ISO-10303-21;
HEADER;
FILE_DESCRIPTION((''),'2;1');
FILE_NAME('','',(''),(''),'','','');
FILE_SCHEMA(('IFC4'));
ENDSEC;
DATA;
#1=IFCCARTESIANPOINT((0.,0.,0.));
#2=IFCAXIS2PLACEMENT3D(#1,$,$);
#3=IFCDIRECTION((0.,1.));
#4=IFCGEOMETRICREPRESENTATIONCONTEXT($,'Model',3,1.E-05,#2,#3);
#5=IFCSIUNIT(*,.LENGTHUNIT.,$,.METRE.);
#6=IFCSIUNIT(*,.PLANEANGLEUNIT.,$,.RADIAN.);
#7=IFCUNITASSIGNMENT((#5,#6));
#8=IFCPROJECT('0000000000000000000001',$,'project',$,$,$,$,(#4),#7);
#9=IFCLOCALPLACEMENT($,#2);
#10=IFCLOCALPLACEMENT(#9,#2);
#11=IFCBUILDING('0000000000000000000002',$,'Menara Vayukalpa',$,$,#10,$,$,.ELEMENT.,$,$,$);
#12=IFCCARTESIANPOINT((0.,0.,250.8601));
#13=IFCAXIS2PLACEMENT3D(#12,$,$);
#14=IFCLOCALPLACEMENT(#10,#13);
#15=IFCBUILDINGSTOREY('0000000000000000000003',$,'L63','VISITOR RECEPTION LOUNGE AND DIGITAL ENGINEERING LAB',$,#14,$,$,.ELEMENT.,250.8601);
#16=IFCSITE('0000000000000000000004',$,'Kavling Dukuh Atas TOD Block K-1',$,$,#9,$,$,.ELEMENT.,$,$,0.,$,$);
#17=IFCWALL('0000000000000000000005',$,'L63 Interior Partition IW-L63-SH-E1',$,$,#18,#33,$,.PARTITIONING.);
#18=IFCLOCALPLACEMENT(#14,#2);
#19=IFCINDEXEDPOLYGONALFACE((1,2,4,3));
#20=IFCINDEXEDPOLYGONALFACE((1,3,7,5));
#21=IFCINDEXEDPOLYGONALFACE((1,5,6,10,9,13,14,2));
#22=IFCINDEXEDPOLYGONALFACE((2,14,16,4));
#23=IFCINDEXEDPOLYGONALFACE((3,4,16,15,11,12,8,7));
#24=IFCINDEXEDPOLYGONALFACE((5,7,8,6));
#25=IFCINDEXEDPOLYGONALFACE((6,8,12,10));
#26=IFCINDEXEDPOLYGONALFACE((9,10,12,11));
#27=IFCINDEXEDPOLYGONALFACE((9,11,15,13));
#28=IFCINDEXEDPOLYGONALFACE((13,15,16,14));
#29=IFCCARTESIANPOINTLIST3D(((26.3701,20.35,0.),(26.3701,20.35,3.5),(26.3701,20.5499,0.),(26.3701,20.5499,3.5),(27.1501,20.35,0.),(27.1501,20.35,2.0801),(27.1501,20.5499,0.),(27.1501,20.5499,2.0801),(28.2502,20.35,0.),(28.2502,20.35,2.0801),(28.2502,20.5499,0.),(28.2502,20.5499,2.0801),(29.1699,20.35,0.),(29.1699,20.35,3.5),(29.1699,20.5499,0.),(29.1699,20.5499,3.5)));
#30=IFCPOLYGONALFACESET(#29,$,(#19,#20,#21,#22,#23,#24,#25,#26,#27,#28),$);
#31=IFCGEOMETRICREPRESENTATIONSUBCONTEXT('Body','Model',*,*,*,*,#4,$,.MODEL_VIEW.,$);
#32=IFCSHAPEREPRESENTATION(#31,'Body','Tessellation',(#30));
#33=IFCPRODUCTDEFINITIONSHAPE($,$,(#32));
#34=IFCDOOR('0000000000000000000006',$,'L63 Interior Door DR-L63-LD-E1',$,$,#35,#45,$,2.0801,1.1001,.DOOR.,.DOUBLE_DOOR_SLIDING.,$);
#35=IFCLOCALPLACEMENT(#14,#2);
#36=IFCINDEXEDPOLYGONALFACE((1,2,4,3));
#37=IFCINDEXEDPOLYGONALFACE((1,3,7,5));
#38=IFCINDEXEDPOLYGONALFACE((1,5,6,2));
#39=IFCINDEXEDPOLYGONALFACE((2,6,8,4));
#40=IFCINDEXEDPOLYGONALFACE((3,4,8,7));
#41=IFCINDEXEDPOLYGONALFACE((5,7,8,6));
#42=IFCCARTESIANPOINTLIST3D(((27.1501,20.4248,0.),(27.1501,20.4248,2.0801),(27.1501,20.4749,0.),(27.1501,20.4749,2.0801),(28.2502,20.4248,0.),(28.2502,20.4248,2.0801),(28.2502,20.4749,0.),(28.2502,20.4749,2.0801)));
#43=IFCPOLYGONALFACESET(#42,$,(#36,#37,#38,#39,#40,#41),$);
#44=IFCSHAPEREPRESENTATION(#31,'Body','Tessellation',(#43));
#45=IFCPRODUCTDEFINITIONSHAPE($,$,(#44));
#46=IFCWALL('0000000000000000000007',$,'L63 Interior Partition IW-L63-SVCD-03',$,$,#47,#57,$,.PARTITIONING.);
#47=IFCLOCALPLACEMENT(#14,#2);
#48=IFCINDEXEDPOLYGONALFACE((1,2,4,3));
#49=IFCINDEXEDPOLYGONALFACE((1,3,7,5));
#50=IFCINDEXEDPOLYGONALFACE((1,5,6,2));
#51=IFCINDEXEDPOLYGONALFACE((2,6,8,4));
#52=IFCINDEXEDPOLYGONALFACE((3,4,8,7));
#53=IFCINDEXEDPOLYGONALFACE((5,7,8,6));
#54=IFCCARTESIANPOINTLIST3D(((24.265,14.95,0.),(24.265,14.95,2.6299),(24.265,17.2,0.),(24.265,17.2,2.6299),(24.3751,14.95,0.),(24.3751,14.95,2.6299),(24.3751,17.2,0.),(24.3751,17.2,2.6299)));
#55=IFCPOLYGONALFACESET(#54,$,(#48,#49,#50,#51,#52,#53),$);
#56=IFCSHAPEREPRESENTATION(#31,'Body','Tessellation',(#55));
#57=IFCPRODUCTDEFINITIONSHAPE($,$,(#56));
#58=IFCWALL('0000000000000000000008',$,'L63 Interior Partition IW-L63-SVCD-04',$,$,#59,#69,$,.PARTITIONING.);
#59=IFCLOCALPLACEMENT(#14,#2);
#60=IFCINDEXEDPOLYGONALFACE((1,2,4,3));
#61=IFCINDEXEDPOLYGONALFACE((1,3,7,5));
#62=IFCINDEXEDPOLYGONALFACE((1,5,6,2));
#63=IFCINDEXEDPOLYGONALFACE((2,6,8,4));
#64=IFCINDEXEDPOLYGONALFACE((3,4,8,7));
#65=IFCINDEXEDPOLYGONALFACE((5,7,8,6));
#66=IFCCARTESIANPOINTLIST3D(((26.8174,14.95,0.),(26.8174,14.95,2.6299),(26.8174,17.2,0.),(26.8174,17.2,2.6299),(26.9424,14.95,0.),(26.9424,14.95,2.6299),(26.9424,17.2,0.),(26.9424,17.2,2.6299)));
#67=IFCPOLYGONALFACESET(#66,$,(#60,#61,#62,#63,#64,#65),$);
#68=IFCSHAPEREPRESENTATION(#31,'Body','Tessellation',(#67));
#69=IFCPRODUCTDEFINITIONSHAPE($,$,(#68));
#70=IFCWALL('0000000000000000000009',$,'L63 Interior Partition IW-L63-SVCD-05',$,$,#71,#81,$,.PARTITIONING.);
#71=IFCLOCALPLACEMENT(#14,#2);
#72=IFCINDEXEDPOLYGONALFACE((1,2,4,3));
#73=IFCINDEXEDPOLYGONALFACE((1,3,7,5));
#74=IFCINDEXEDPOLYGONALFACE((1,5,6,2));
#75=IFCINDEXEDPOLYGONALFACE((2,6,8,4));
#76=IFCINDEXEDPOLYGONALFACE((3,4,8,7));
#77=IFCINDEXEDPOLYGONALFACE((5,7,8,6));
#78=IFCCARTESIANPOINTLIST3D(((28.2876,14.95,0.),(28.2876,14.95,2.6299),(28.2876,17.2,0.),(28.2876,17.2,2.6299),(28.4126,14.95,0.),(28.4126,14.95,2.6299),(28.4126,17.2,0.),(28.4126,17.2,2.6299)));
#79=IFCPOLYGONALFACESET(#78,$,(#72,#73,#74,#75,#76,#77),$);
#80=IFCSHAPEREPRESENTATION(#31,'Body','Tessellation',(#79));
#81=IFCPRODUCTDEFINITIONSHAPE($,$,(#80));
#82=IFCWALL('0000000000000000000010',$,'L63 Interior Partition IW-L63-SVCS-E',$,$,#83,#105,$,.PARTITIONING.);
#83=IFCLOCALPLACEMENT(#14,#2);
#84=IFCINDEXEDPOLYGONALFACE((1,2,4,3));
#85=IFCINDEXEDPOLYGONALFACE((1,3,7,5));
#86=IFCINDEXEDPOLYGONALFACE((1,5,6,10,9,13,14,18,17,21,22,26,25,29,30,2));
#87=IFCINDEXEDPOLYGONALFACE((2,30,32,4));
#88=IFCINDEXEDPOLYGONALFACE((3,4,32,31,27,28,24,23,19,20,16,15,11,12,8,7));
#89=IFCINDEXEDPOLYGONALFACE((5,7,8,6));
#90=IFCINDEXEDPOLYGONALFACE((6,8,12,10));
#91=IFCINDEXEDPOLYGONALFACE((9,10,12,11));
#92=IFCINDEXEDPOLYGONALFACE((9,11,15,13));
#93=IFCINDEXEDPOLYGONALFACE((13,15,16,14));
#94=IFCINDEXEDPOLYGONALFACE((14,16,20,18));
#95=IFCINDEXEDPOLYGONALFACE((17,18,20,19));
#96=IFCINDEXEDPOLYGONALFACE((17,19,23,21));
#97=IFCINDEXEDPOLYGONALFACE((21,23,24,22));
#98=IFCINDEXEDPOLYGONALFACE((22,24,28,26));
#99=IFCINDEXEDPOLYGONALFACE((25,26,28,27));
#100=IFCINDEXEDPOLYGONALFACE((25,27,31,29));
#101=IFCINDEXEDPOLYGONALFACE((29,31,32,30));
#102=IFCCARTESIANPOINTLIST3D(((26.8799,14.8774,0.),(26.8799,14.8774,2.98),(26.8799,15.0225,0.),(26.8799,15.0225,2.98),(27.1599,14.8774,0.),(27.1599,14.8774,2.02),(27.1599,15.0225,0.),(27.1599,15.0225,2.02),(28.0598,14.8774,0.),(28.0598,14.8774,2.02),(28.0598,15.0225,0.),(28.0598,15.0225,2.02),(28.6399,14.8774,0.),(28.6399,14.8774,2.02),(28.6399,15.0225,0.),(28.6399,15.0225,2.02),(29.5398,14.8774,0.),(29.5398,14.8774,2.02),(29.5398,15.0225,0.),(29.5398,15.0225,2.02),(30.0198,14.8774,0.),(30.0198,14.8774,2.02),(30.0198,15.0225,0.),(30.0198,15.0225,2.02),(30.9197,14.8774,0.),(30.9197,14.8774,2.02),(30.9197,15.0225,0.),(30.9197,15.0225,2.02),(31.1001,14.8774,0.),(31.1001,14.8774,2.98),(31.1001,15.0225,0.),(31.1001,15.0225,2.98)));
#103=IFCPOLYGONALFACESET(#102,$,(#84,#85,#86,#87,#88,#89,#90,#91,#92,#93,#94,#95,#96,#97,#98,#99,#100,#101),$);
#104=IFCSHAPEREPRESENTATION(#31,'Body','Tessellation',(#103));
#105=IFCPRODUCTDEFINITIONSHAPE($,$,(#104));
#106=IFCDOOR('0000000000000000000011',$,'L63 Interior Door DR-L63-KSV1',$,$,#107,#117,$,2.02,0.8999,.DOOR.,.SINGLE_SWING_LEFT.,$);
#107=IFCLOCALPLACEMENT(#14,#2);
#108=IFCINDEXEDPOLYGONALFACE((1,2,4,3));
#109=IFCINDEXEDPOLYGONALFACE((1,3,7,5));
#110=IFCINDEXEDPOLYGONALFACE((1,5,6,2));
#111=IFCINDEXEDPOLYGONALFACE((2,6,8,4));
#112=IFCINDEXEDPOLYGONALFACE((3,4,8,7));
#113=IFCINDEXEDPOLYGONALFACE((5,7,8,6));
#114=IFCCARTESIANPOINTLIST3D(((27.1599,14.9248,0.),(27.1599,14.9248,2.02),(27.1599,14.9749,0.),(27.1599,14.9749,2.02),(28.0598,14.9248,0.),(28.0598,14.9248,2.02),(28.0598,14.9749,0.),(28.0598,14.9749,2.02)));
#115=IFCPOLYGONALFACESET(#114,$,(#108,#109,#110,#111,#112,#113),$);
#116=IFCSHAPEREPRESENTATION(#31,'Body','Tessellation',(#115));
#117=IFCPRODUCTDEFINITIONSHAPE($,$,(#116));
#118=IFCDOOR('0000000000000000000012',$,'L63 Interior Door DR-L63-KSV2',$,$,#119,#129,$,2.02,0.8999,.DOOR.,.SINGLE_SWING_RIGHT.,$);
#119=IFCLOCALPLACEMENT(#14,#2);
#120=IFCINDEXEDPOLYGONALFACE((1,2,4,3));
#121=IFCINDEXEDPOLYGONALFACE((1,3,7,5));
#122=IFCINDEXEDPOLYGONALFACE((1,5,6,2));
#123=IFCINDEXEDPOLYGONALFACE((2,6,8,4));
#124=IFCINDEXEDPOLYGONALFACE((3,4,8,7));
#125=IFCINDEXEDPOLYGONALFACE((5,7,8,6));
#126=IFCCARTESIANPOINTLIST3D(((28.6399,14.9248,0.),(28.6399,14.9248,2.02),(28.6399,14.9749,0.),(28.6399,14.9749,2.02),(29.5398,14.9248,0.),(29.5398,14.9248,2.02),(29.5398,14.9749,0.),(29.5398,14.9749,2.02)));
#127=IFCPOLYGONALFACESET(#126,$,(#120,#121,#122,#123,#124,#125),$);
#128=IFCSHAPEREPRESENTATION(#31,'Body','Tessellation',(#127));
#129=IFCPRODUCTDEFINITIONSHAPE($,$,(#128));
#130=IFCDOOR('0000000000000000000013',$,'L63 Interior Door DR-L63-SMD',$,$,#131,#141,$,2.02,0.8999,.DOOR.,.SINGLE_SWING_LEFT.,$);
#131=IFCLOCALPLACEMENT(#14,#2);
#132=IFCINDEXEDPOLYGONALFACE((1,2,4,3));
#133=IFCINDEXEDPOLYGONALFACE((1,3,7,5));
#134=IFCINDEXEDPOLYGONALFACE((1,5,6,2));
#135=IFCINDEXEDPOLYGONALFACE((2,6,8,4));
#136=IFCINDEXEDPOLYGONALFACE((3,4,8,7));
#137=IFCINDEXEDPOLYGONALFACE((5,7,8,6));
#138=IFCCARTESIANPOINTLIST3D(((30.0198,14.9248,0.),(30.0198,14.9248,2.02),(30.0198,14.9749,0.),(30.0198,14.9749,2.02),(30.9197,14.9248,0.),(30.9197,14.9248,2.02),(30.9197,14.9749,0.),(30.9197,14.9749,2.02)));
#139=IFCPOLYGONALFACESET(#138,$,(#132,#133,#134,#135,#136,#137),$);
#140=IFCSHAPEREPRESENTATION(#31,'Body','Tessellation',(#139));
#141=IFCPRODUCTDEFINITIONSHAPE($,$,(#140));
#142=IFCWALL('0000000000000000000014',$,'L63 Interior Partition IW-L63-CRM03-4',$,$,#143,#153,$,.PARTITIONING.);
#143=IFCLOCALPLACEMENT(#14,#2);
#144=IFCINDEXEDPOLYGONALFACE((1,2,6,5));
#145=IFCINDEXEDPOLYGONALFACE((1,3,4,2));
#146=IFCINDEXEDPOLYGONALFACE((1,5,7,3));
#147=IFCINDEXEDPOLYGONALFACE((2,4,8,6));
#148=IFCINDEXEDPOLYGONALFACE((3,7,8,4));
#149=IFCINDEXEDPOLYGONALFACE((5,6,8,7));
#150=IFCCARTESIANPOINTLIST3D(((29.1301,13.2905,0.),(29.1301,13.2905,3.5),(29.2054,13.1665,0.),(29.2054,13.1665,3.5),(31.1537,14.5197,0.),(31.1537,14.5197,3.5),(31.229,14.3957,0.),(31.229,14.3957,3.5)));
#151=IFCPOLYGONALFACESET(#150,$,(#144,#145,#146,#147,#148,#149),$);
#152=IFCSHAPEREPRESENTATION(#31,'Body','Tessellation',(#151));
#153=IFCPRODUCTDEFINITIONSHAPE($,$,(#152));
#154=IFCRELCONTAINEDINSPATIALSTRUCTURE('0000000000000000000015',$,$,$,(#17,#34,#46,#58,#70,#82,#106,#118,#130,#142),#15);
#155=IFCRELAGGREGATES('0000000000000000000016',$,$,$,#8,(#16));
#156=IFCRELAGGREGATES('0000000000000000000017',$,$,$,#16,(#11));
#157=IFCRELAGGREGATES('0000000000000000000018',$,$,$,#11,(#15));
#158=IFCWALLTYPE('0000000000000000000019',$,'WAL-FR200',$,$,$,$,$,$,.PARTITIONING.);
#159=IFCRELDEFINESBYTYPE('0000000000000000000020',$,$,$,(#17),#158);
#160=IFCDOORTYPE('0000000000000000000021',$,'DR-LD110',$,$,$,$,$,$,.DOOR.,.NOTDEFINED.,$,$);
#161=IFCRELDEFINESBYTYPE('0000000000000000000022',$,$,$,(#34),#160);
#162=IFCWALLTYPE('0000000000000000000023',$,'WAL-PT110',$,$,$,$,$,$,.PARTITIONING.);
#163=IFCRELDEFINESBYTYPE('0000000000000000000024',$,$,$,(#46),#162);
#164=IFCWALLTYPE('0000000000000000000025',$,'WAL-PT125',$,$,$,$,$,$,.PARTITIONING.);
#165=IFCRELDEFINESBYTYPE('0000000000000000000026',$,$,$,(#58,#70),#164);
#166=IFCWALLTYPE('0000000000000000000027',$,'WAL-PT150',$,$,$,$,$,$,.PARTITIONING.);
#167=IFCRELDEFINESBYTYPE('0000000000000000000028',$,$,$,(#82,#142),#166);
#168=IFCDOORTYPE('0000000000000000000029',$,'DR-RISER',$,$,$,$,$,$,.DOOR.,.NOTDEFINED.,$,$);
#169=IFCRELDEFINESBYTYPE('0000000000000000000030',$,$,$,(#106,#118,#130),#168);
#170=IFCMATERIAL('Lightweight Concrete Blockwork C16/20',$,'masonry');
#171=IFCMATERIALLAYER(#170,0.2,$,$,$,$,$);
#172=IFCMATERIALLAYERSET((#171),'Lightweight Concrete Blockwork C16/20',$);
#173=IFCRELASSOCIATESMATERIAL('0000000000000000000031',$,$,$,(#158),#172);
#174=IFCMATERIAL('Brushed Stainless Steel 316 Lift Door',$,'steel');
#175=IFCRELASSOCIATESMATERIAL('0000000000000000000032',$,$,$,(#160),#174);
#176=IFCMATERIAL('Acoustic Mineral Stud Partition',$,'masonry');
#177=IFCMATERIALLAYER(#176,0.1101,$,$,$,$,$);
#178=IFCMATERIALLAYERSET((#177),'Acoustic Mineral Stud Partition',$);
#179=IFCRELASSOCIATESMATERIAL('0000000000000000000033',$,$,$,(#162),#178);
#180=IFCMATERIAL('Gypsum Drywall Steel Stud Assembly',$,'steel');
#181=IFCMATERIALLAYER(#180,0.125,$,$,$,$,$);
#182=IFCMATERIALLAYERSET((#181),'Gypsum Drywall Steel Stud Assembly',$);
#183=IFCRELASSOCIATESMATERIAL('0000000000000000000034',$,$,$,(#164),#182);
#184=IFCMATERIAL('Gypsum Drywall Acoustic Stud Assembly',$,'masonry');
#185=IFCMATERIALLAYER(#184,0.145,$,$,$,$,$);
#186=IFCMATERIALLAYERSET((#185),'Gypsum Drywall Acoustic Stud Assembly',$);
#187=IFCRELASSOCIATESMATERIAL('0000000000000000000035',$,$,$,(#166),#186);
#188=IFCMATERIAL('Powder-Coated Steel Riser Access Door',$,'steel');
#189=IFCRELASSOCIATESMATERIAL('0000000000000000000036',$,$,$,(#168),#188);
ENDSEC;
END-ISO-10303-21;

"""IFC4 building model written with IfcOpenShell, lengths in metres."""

from ifc_helpers import new_model, si_unit, direction, frame, frame_2d, origin, place, context, subcontext, project, spatial, rectangle, extrude, material, layer, layer_set, type_object, element, fill, save


model = new_model("IFC4")

# Units and contexts
model_context = context("Model", 3, precision=1e-05, world=origin(), true_north=direction((0.0, 1.0)))
body_context = subcontext(model_context, "Body", "Model", "MODEL_VIEW")
ifc_project = project(units=[si_unit("LENGTHUNIT", "METRE"), si_unit("PLANEANGLEUNIT", "RADIAN")], contexts=[model_context])

# Site, building, storey
site_placement = place(None, origin())
site = spatial("IfcSite", under=ifc_project, at=site_placement, Name="Kavling Dukuh Atas TOD Block K-1", CompositionType="ELEMENT", RefElevation=0.0)
building_placement = place(site_placement, origin())
building = spatial("IfcBuilding", under=site, at=building_placement, Name="Menara Vayukalpa", CompositionType="ELEMENT")
storey_placement = place(building_placement, frame((0.0, 0.0, 250.8601)))
storey = spatial("IfcBuildingStorey", under=building, at=storey_placement, Name="L63", Description="VISITOR RECEPTION LOUNGE AND DIGITAL ENGINEERING LAB", CompositionType="ELEMENT", Elevation=250.8601)

# Wall, opening, door
ifc_material_1 = material(Name="Lightweight Concrete Blockwork C16/20", Category="masonry")
ifc_layer_1 = layer(ifc_material_1, 0.2)
ifc_layer_set_1 = layer_set([ifc_layer_1], Name="Lightweight Concrete Blockwork C16/20")
wall_type_1 = type_object("IfcWallType", Name="WAL-FR200", PredefinedType="PARTITIONING", material=ifc_layer_set_1)
wall_1_placement = place(storey_placement, frame((26.3701, 20.45, 0.0), z_axis=(0.0, 0.0, 1.0), x_axis=(1.0, 0.0, 0.0)))
wall_1 = element("IfcWall", 1, at=wall_1_placement, inside=storey, type_object=wall_type_1, Name="L63 Interior Partition IW-L63-SH-E1", PredefinedType="PARTITIONING", context=body_context, shape_type="SweptSolid", body=[
    extrude(rectangle(XDim=2.7998, YDim=0.2, at=frame_2d((1.3999, 0.0))), origin(), (0.0, 0.0, 1.0), 3.5),
])
opening_1_placement = place(wall_1_placement, frame((0.78, 0.0, 0.0)))
opening_1 = element("IfcOpeningElement", 2, at=opening_1_placement, cuts=wall_1, PredefinedType="OPENING", context=body_context, shape_type="SweptSolid", body=[
    extrude(rectangle(XDim=1.1001, YDim=2.0801, at=frame_2d((0.55, 1.04))), frame((0.0, 0.1099, 0.0), z_axis=(0.0, -1.0, 0.0), x_axis=(1.0, 0.0, 0.0)), (0.0, 0.0, 1.0), 0.22),
])
ifc_material_2 = material(Name="Brushed Stainless Steel 316 Lift Door", Category="steel")
door_type_1 = type_object("IfcDoorType", Name="DR-LD110", OperationType="NOTDEFINED", PredefinedType="DOOR", material=ifc_material_2)
door_1_placement = place(opening_1_placement, origin())
door_1 = element("IfcDoor", 3, at=door_1_placement, inside=storey, type_object=door_type_1, Name="L63 Interior Door DR-L63-LD-E1", OperationType="DOUBLE_DOOR_SLIDING", OverallHeight=2.0801, OverallWidth=1.1001, PredefinedType="DOOR", context=body_context, shape_type="SweptSolid", body=[
    extrude(rectangle(XDim=1.1001, YDim=2.0801, at=frame_2d((0.55, 1.04))), frame((0.0, 0.0249, 0.0), z_axis=(0.0, -1.0, 0.0), x_axis=(1.0, 0.0, 0.0)), (0.0, 0.0, 1.0), 0.05),
])
fill(opening_1, door_1)

# Walls
ifc_material_3 = material(Name="Acoustic Mineral Stud Partition", Category="masonry")
ifc_layer_2 = layer(ifc_material_3, 0.1101)
ifc_layer_set_2 = layer_set([ifc_layer_2], Name="Acoustic Mineral Stud Partition")
wall_type_2 = type_object("IfcWallType", Name="WAL-PT110", PredefinedType="PARTITIONING", material=ifc_layer_set_2)
wall_2_placement = place(storey_placement, frame((24.3201, 14.95, 0.0), z_axis=(0.0, 0.0, 1.0), x_axis=(0.0, 1.0, 0.0)))
element("IfcWall", 4, at=wall_2_placement, inside=storey, type_object=wall_type_2, Name="L63 Interior Partition IW-L63-SVCD-03", PredefinedType="PARTITIONING", context=body_context, shape_type="SweptSolid", body=[
    extrude(rectangle(XDim=2.25, YDim=0.1101, at=frame_2d((1.125, 0.0))), origin(), (0.0, 0.0, 1.0), 2.6299),
])
ifc_material_4 = material(Name="Gypsum Drywall Steel Stud Assembly", Category="steel")
ifc_layer_3 = layer(ifc_material_4, 0.125)
ifc_layer_set_3 = layer_set([ifc_layer_3], Name="Gypsum Drywall Steel Stud Assembly")
wall_type_3 = type_object("IfcWallType", Name="WAL-PT125", PredefinedType="PARTITIONING", material=ifc_layer_set_3)
for number, where, z_axis, x_axis, name in (
    (5, (26.8799, 14.95, 0.0), (0.0, 0.0, 1.0), (0.0, 1.0, 0.0), "L63 Interior Partition IW-L63-SVCD-04"),
    (6, (28.3501, 14.95, 0.0), (0.0, 0.0, 1.0), (0.0, 1.0, 0.0), "L63 Interior Partition IW-L63-SVCD-05"),
):
    element("IfcWall", number, at=place(storey_placement, frame(where, z_axis=z_axis, x_axis=x_axis)), inside=storey, type_object=wall_type_3, Name=name, PredefinedType="PARTITIONING", context=body_context, shape_type="SweptSolid", body=[
        extrude(rectangle(XDim=2.25, YDim=0.125, at=frame_2d((1.125, 0.0))), origin(), (0.0, 0.0, 1.0), 2.6299),
    ])

# Wall, openings, doors
ifc_material_5 = material(Name="Gypsum Drywall Acoustic Stud Assembly", Category="masonry")
ifc_layer_4 = layer(ifc_material_5, 0.145)
ifc_layer_set_4 = layer_set([ifc_layer_4], Name="Gypsum Drywall Acoustic Stud Assembly")
wall_type_4 = type_object("IfcWallType", Name="WAL-PT150", PredefinedType="PARTITIONING", material=ifc_layer_set_4)
wall_3_placement = place(storey_placement, frame((26.8799, 14.95, 0.0), z_axis=(0.0, 0.0, 1.0), x_axis=(1.0, 0.0, 0.0)))
wall_3 = element("IfcWall", 7, at=wall_3_placement, inside=storey, type_object=wall_type_4, Name="L63 Interior Partition IW-L63-SVCS-E", PredefinedType="PARTITIONING", context=body_context, shape_type="SweptSolid", body=[
    extrude(rectangle(XDim=4.2202, YDim=0.145, at=frame_2d((2.1101, 0.0))), origin(), (0.0, 0.0, 1.0), 2.98),
])
opening_2_placement = place(wall_3_placement, frame((0.28, 0.0, 0.0)))
opening_2 = element("IfcOpeningElement", 8, at=opening_2_placement, cuts=wall_3, PredefinedType="OPENING", context=body_context, shape_type="SweptSolid", body=[
    extrude(rectangle(XDim=0.8999, YDim=2.02, at=frame_2d((0.45, 1.01))), frame((0.0, 0.0825, 0.0), z_axis=(0.0, -1.0, 0.0), x_axis=(1.0, 0.0, 0.0)), (0.0, 0.0, 1.0), 0.165),
])
opening_3_placement = place(wall_3_placement, frame((1.76, 0.0, 0.0)))
opening_3 = element("IfcOpeningElement", 9, at=opening_3_placement, cuts=wall_3, PredefinedType="OPENING", context=body_context, shape_type="SweptSolid", body=[
    extrude(rectangle(XDim=0.8999, YDim=2.02, at=frame_2d((0.45, 1.01))), frame((0.0, 0.0825, 0.0), z_axis=(0.0, -1.0, 0.0), x_axis=(1.0, 0.0, 0.0)), (0.0, 0.0, 1.0), 0.165),
])
opening_4_placement = place(wall_3_placement, frame((3.1399, 0.0, 0.0)))
opening_4 = element("IfcOpeningElement", 10, at=opening_4_placement, cuts=wall_3, PredefinedType="OPENING", context=body_context, shape_type="SweptSolid", body=[
    extrude(rectangle(XDim=0.8999, YDim=2.02, at=frame_2d((0.45, 1.01))), frame((0.0, 0.0825, 0.0), z_axis=(0.0, -1.0, 0.0), x_axis=(1.0, 0.0, 0.0)), (0.0, 0.0, 1.0), 0.165),
])
ifc_material_6 = material(Name="Powder-Coated Steel Riser Access Door", Category="steel")
door_type_2 = type_object("IfcDoorType", Name="DR-RISER", OperationType="NOTDEFINED", PredefinedType="DOOR", material=ifc_material_6)
door_2_placement = place(opening_2_placement, origin())
door_2 = element("IfcDoor", 11, at=door_2_placement, inside=storey, type_object=door_type_2, Name="L63 Interior Door DR-L63-KSV1", OperationType="SINGLE_SWING_LEFT", OverallHeight=2.02, OverallWidth=0.8999, PredefinedType="DOOR", context=body_context, shape_type="SweptSolid", body=[
    extrude(rectangle(XDim=0.8999, YDim=2.02, at=frame_2d((0.45, 1.01))), frame((0.0, 0.0249, 0.0), z_axis=(0.0, -1.0, 0.0), x_axis=(1.0, 0.0, 0.0)), (0.0, 0.0, 1.0), 0.05),
])
fill(opening_2, door_2)
door_3_placement = place(opening_3_placement, origin())
door_3 = element("IfcDoor", 12, at=door_3_placement, inside=storey, type_object=door_type_2, Name="L63 Interior Door DR-L63-KSV2", OperationType="SINGLE_SWING_RIGHT", OverallHeight=2.02, OverallWidth=0.8999, PredefinedType="DOOR", context=body_context, shape_type="SweptSolid", body=[
    extrude(rectangle(XDim=0.8999, YDim=2.02, at=frame_2d((0.45, 1.01))), frame((0.0, 0.0249, 0.0), z_axis=(0.0, -1.0, 0.0), x_axis=(1.0, 0.0, 0.0)), (0.0, 0.0, 1.0), 0.05),
])
fill(opening_3, door_3)
door_4_placement = place(opening_4_placement, origin())
door_4 = element("IfcDoor", 13, at=door_4_placement, inside=storey, type_object=door_type_2, Name="L63 Interior Door DR-L63-SMD", OperationType="SINGLE_SWING_LEFT", OverallHeight=2.02, OverallWidth=0.8999, PredefinedType="DOOR", context=body_context, shape_type="SweptSolid", body=[
    extrude(rectangle(XDim=0.8999, YDim=2.02, at=frame_2d((0.45, 1.01))), frame((0.0, 0.0249, 0.0), z_axis=(0.0, -1.0, 0.0), x_axis=(1.0, 0.0, 0.0)), (0.0, 0.0, 1.0), 0.05),
])
fill(opening_4, door_4)

# Wall
wall_4_placement = place(storey_placement, frame((29.1677, 13.2285, 0.0), z_axis=(0.0, 0.0, 1.0), x_axis=(0.854678, 0.519158, 0.0)))
element("IfcWall", 14, at=wall_4_placement, inside=storey, type_object=wall_type_4, Name="L63 Interior Partition IW-L63-CRM03-4", PredefinedType="PARTITIONING", context=body_context, shape_type="SweptSolid", body=[
    extrude(rectangle(XDim=2.3677, YDim=0.145, at=frame_2d((1.1838, 0.0))), origin(), (0.0, 0.0, 1.0), 3.5),
])

save(model, "model.ifc")
